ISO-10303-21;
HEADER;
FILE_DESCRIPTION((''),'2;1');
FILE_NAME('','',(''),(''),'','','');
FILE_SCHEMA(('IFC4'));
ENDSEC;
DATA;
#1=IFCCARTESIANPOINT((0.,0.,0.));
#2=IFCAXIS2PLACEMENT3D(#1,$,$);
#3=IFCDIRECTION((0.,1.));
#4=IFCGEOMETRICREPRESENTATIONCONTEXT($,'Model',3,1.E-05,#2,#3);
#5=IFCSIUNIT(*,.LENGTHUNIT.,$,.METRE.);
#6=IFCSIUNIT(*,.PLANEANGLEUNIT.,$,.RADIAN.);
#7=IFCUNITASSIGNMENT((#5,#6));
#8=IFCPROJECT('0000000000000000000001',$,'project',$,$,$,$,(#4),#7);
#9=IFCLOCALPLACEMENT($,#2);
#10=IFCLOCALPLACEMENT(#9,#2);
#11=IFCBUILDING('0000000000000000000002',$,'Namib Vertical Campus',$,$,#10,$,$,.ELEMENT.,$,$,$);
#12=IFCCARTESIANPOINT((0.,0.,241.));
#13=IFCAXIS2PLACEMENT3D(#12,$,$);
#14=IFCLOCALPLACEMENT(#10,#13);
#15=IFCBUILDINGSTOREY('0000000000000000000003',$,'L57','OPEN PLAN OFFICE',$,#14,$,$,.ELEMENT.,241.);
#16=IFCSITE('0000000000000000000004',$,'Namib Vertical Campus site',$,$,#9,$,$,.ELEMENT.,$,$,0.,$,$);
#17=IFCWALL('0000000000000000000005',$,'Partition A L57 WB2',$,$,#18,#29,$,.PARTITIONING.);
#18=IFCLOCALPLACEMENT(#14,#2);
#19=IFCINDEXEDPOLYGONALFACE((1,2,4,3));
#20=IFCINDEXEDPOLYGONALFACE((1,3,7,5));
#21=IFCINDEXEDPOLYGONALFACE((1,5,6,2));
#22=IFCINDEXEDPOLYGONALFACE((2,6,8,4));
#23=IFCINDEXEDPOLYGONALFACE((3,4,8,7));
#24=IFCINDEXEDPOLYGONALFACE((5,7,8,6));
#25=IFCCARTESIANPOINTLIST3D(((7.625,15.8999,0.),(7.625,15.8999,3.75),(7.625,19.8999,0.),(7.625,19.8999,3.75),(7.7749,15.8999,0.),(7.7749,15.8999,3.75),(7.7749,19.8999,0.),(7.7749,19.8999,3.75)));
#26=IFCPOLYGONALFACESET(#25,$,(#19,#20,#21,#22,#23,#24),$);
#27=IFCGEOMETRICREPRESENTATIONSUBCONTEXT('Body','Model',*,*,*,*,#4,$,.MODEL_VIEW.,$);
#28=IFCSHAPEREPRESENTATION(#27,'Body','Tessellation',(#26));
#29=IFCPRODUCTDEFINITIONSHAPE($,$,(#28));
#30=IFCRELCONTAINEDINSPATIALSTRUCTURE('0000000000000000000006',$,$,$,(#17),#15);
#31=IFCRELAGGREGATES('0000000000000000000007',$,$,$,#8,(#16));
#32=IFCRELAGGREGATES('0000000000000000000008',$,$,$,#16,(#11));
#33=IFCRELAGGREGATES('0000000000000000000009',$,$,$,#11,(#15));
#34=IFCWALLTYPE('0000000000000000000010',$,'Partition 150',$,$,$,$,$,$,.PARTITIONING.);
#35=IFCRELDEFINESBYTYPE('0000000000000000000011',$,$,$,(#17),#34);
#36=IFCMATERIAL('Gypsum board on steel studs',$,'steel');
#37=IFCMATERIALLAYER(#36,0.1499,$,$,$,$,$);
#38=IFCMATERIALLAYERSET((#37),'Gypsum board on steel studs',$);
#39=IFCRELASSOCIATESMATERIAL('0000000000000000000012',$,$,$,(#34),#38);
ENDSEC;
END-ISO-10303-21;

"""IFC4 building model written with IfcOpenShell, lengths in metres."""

from ifc_helpers import new_model, si_unit, direction, frame, frame_2d, origin, place, context, subcontext, project, spatial, rectangle, extrude, material, layer, layer_set, type_object, element, save


model = new_model("IFC4")

# Units and contexts
model_context = context("Model", 3, precision=1e-05, world=origin(), true_north=direction((0.0, 1.0)))
body_context = subcontext(model_context, "Body", "Model", "MODEL_VIEW")
ifc_project = project(units=[si_unit("LENGTHUNIT", "METRE"), si_unit("PLANEANGLEUNIT", "RADIAN")], contexts=[model_context])

# Site, building, storey
site_placement = place(None, origin())
site = spatial("IfcSite", under=ifc_project, at=site_placement, Name="Namib Vertical Campus site", CompositionType="ELEMENT", RefElevation=0.0)
building_placement = place(site_placement, origin())
building = spatial("IfcBuilding", under=site, at=building_placement, Name="Namib Vertical Campus", CompositionType="ELEMENT")
storey_placement = place(building_placement, frame((0.0, 0.0, 241.0)))
storey = spatial("IfcBuildingStorey", under=building, at=storey_placement, Name="L57", Description="OPEN PLAN OFFICE", CompositionType="ELEMENT", Elevation=241.0)

# Wall
ifc_material_1 = material(Name="Gypsum board on steel studs", Category="steel")
ifc_layer_1 = layer(ifc_material_1, 0.1499)
ifc_layer_set_1 = layer_set([ifc_layer_1], Name="Gypsum board on steel studs")
wall_type_1 = type_object("IfcWallType", Name="Partition 150", PredefinedType="PARTITIONING", material=ifc_layer_set_1)
wall_1_placement = place(storey_placement, frame((7.7, 15.8999, 0.0), z_axis=(0.0, 0.0, 1.0), x_axis=(0.0, 1.0, 0.0)))
element("IfcWall", 1, at=wall_1_placement, inside=storey, type_object=wall_type_1, Name="Partition A L57 WB2", PredefinedType="PARTITIONING", context=body_context, shape_type="SweptSolid", body=[
    extrude(rectangle(XDim=4.0, YDim=0.1499, at=frame_2d((2.0, 0.0))), origin(), (0.0, 0.0, 1.0), 3.75),
])

save(model, "model.ifc")
